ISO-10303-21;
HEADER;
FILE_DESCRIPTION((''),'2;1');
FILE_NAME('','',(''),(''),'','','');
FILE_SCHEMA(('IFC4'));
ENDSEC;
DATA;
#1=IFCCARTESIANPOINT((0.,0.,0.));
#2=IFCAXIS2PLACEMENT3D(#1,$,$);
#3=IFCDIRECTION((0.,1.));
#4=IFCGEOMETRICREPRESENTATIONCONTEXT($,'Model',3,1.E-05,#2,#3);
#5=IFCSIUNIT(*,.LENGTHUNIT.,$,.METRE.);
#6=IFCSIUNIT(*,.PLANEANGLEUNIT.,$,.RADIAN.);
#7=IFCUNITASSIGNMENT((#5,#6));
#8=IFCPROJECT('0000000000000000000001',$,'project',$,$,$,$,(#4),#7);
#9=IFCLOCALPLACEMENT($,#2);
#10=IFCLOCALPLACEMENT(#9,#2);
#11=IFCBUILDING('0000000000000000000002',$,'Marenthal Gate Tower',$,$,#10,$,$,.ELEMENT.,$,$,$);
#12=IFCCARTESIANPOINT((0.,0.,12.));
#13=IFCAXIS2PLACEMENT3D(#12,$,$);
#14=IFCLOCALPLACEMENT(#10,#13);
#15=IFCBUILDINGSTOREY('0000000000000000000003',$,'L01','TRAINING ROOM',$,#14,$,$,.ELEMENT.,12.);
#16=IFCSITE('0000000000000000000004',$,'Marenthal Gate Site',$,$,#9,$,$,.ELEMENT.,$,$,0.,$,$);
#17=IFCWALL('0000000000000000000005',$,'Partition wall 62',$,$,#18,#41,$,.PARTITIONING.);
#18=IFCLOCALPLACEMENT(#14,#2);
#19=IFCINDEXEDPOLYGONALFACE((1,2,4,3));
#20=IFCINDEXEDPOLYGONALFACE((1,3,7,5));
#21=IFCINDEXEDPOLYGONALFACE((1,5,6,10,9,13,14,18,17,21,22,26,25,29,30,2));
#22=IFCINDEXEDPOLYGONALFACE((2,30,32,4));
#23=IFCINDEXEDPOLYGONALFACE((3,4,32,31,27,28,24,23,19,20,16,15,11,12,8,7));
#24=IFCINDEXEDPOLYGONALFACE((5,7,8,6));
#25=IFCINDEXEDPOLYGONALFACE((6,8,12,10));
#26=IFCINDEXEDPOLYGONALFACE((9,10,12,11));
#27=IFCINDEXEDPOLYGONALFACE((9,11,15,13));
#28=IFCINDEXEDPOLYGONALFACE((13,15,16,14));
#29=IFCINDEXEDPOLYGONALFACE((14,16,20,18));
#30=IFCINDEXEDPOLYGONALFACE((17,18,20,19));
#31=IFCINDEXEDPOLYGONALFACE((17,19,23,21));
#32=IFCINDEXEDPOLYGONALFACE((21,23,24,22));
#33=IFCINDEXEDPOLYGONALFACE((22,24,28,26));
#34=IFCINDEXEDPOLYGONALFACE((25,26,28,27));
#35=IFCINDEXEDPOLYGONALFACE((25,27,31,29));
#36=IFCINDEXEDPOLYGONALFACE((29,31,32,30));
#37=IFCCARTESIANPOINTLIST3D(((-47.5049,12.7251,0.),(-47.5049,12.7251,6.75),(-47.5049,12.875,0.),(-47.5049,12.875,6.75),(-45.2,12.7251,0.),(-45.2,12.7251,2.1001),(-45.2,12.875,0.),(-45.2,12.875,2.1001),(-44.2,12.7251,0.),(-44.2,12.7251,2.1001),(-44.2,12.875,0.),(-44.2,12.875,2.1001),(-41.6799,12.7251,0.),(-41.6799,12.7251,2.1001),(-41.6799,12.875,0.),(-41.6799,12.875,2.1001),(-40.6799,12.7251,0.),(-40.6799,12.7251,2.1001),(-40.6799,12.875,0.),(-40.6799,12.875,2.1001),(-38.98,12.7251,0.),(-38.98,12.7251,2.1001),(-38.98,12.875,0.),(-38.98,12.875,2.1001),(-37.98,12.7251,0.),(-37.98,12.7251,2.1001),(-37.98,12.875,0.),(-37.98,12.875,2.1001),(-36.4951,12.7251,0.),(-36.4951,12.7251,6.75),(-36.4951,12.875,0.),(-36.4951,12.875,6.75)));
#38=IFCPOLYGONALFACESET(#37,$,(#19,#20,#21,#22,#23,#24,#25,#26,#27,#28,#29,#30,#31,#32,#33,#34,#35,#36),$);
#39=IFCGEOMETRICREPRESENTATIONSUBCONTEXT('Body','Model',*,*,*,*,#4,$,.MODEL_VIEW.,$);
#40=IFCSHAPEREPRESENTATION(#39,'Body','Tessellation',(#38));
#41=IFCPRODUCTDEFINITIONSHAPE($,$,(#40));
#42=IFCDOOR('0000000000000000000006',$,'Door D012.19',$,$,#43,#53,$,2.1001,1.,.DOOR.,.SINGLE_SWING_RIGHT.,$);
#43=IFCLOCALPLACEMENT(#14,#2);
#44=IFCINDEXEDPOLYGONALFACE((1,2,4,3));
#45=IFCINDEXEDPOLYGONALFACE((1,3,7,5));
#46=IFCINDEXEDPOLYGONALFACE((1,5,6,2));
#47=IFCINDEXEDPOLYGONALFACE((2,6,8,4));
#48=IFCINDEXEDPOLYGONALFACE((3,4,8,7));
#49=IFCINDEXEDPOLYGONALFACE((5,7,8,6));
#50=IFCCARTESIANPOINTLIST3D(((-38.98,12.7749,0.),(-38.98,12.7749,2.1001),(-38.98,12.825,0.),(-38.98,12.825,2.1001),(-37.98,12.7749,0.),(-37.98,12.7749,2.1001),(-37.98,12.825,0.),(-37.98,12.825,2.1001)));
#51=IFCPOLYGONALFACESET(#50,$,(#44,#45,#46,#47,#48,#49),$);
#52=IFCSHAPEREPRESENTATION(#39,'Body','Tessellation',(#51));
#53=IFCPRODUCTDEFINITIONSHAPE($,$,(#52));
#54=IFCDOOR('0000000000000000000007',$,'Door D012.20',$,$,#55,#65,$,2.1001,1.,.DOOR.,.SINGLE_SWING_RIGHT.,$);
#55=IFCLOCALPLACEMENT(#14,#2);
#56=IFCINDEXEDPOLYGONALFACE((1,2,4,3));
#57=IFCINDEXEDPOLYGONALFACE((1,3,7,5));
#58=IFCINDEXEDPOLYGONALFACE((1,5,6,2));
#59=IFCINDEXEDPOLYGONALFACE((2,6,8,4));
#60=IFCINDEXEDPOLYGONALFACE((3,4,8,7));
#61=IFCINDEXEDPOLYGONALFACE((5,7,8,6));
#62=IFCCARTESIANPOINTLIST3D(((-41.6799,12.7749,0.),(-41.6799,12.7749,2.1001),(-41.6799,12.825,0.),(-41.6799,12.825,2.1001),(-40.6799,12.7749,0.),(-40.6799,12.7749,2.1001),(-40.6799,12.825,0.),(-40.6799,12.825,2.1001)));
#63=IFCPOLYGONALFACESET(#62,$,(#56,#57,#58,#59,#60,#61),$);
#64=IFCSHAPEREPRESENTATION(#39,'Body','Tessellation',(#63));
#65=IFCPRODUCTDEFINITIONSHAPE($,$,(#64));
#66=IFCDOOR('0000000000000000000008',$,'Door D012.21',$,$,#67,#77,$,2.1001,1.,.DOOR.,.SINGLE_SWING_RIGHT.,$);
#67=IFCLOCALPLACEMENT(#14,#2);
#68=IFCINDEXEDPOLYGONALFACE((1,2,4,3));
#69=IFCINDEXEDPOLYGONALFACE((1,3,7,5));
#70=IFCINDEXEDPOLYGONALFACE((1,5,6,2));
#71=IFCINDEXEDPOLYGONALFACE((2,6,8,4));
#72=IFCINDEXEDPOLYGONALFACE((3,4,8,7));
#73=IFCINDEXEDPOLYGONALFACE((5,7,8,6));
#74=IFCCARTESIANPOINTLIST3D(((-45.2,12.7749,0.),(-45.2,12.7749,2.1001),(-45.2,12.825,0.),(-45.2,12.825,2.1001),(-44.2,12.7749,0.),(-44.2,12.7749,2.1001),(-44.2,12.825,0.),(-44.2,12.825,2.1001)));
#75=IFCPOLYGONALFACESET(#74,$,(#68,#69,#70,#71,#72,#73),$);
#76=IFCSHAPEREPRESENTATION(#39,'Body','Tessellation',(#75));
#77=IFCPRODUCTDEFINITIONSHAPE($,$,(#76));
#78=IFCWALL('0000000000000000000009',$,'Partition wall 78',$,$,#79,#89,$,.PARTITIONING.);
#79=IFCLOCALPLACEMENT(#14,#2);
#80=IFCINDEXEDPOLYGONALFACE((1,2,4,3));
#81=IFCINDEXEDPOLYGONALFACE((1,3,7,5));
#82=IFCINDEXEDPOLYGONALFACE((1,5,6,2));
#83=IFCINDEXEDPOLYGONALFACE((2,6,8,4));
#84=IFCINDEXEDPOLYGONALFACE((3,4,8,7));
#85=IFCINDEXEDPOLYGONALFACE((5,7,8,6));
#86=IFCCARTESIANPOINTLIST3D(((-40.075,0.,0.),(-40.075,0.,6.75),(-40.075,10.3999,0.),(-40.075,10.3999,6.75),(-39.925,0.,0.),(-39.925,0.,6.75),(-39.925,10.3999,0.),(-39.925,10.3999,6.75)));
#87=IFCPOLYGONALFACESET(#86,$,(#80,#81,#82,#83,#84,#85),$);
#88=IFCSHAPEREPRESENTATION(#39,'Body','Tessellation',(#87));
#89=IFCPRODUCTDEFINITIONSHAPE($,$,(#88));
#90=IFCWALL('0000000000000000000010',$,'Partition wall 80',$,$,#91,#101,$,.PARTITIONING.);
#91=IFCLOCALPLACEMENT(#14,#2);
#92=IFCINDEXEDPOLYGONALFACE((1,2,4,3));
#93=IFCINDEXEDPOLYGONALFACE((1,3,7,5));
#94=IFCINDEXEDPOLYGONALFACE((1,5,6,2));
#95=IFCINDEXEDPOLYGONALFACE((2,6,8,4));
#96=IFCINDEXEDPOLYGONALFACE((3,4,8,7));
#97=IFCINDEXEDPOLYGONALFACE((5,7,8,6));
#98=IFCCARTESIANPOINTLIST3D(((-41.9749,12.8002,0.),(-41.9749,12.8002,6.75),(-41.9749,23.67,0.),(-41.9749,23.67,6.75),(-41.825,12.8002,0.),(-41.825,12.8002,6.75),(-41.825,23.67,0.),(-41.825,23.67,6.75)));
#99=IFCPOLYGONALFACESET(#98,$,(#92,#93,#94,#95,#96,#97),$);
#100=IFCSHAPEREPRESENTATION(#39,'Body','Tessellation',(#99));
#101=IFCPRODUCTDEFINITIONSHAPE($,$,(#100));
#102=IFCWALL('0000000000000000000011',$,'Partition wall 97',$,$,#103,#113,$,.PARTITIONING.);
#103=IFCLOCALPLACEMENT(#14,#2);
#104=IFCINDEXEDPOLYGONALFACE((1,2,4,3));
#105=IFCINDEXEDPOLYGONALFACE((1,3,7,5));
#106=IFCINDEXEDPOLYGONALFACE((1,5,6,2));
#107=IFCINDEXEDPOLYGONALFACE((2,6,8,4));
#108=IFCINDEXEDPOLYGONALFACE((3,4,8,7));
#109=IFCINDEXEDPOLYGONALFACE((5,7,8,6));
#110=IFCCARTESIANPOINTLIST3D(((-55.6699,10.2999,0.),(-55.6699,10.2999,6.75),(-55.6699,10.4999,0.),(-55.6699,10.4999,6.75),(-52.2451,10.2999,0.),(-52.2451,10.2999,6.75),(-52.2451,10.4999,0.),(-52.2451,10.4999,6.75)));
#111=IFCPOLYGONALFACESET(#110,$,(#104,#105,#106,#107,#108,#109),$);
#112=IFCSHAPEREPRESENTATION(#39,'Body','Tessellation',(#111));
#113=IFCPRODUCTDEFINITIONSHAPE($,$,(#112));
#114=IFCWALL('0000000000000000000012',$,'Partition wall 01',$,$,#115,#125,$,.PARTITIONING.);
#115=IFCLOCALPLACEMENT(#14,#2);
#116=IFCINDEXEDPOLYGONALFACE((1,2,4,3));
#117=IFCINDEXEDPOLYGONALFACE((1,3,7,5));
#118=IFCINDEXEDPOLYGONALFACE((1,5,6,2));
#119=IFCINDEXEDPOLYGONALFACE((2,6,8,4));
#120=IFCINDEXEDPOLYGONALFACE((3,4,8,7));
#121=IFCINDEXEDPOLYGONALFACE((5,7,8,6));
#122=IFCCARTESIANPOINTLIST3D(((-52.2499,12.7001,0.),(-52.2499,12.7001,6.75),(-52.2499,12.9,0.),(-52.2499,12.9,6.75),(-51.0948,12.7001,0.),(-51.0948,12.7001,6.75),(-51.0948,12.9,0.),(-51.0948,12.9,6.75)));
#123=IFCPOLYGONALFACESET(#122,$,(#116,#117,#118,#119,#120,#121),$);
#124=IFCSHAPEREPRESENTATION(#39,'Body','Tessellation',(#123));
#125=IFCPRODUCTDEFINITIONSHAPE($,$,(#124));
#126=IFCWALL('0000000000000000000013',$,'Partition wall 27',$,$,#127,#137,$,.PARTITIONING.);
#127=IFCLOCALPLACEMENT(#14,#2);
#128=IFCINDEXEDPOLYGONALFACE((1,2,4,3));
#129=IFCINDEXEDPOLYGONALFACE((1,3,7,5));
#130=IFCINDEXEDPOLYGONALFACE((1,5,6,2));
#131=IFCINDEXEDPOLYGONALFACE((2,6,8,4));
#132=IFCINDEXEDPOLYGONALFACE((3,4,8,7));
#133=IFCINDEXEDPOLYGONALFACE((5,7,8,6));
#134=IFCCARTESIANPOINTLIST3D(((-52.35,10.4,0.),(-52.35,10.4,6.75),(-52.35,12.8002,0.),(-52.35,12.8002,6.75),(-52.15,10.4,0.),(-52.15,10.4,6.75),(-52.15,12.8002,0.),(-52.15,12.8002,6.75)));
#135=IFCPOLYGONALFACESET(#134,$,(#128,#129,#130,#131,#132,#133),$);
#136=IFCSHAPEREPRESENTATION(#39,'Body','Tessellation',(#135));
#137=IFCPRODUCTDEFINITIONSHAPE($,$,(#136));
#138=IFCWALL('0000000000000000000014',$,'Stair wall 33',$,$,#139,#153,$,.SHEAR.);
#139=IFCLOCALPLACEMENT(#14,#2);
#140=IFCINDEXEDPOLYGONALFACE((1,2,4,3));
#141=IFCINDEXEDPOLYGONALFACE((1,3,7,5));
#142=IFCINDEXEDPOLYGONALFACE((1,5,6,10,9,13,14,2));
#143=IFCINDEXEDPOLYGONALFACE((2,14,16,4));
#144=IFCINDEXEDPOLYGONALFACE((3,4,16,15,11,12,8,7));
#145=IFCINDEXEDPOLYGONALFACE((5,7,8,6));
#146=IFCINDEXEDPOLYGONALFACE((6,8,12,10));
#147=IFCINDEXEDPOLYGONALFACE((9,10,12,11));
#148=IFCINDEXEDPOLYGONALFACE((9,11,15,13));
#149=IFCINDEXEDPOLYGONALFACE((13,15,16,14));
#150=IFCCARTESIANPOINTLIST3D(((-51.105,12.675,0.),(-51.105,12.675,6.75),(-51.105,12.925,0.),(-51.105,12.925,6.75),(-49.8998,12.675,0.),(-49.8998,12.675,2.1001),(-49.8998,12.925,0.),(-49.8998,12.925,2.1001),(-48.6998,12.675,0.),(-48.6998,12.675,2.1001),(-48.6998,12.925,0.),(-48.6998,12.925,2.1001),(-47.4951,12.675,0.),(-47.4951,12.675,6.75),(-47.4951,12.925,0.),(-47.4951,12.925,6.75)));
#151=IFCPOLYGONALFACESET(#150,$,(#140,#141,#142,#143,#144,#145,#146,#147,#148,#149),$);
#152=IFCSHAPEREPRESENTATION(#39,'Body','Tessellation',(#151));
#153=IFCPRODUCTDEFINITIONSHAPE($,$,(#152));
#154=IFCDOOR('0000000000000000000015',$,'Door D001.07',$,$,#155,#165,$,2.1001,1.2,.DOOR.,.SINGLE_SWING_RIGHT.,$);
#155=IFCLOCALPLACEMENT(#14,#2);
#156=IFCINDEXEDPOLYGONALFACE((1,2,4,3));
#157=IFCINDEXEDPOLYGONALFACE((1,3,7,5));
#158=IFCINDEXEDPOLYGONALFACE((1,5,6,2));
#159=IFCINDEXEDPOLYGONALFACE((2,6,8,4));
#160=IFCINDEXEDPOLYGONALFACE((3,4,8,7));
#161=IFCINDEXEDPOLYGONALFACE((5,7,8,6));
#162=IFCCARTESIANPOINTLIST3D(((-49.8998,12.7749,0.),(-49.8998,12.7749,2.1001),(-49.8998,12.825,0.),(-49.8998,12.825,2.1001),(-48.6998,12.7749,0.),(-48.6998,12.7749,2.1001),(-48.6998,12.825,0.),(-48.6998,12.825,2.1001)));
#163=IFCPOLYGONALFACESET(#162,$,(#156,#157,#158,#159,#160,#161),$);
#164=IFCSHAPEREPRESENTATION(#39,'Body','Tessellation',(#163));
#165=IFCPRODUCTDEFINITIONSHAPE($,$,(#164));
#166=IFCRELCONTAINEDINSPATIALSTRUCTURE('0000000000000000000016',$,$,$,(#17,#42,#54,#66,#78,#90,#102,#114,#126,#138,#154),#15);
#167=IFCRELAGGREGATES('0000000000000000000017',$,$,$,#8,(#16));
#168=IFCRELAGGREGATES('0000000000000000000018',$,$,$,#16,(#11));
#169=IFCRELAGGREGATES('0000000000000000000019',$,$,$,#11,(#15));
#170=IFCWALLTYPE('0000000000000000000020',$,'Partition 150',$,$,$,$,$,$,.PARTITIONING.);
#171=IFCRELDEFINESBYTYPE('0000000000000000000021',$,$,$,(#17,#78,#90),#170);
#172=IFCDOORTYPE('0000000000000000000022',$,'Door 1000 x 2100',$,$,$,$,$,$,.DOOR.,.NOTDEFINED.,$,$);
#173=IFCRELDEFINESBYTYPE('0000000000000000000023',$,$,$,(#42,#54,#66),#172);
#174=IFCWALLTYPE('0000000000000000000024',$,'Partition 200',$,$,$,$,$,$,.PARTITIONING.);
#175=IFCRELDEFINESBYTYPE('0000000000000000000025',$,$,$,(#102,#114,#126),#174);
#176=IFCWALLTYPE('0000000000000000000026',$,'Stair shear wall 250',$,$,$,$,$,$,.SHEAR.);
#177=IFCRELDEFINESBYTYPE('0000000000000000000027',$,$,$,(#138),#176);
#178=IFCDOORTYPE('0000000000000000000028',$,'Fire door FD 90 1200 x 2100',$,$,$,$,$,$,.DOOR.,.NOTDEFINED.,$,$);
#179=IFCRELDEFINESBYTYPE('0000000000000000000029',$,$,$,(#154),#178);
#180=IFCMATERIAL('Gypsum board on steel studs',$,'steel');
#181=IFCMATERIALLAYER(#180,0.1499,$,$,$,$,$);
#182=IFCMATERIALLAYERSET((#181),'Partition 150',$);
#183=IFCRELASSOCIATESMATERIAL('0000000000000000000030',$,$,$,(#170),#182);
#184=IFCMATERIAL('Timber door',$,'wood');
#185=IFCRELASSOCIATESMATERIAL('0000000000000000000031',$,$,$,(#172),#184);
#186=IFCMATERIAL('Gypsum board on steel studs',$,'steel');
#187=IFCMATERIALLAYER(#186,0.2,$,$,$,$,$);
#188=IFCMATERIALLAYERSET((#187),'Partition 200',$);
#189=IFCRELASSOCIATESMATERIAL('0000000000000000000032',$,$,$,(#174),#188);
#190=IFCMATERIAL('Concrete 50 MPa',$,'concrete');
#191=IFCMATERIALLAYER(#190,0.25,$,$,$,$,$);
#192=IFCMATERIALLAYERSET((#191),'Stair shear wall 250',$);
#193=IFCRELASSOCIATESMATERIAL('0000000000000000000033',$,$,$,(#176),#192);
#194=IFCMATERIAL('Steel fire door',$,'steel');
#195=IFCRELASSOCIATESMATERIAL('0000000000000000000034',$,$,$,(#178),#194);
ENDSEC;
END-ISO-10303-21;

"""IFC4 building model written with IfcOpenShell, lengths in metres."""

from ifc_helpers import new_model, si_unit, direction, frame, frame_2d, origin, place, context, subcontext, project, spatial, rectangle, extrude, material, layer, layer_set, type_object, element, fill, save


model = new_model("IFC4")

# Units and contexts
model_context = context("Model", 3, precision=1e-05, world=origin(), true_north=direction((0.0, 1.0)))
body_context = subcontext(model_context, "Body", "Model", "MODEL_VIEW")
ifc_project = project(units=[si_unit("LENGTHUNIT", "METRE"), si_unit("PLANEANGLEUNIT", "RADIAN")], contexts=[model_context])

# Site, building, storey
site_placement = place(None, origin())
site = spatial("IfcSite", under=ifc_project, at=site_placement, Name="Marenthal Gate Site", CompositionType="ELEMENT", RefElevation=0.0)
building_placement = place(site_placement, origin())
building = spatial("IfcBuilding", under=site, at=building_placement, Name="Marenthal Gate Tower", CompositionType="ELEMENT")
storey_placement = place(building_placement, frame((0.0, 0.0, 12.0)))
storey = spatial("IfcBuildingStorey", under=building, at=storey_placement, Name="L01", Description="TRAINING ROOM", CompositionType="ELEMENT", Elevation=12.0)

# Shared definitions
ifc_material_1 = material(Name="Gypsum board on steel studs", Category="steel")
ifc_layer_1 = layer(ifc_material_1, 0.1499)
ifc_layer_set_1 = layer_set([ifc_layer_1], Name="Partition 150")
wall_type_1 = type_object("IfcWallType", Name="Partition 150", PredefinedType="PARTITIONING", material=ifc_layer_set_1)

# Wall, openings, doors
ifc_material_2 = material(Name="Timber door", Category="wood")
door_type_1 = type_object("IfcDoorType", Name="Door 1000 x 2100", OperationType="NOTDEFINED", PredefinedType="DOOR", material=ifc_material_2)
wall_1_placement = place(storey_placement, frame((-47.5049, 12.8, 0.0), z_axis=(0.0, 0.0, 1.0), x_axis=(1.0, 0.0, 0.0)))
wall_1 = element("IfcWall", 1, at=wall_1_placement, inside=storey, type_object=wall_type_1, Name="Partition wall 62", PredefinedType="PARTITIONING", context=body_context, shape_type="SweptSolid", body=[
    extrude(rectangle(XDim=11.0098, YDim=0.1499, at=frame_2d((5.5049, 0.0))), origin(), (0.0, 0.0, 1.0), 6.75),
])
opening_1_placement = place(wall_1_placement, frame((8.5249, 0.0, 0.0)))
opening_1 = element("IfcOpeningElement", 2, at=opening_1_placement, cuts=wall_1, PredefinedType="OPENING", context=body_context, shape_type="SweptSolid", body=[
    extrude(rectangle(XDim=1.0, YDim=2.1001, at=frame_2d((0.5, 1.05))), frame((0.0, 0.085, 0.0), z_axis=(0.0, -1.0, 0.0), x_axis=(1.0, 0.0, 0.0)), (0.0, 0.0, 1.0), 0.1699),
])
opening_2_placement = place(wall_1_placement, frame((5.825, 0.0, 0.0)))
opening_2 = element("IfcOpeningElement", 3, at=opening_2_placement, cuts=wall_1, PredefinedType="OPENING", context=body_context, shape_type="SweptSolid", body=[
    extrude(rectangle(XDim=1.0, YDim=2.1001, at=frame_2d((0.5, 1.05))), frame((0.0, 0.085, 0.0), z_axis=(0.0, -1.0, 0.0), x_axis=(1.0, 0.0, 0.0)), (0.0, 0.0, 1.0), 0.1699),
])
opening_3_placement = place(wall_1_placement, frame((2.3049, 0.0, 0.0)))
opening_3 = element("IfcOpeningElement", 4, at=opening_3_placement, cuts=wall_1, PredefinedType="OPENING", context=body_context, shape_type="SweptSolid", body=[
    extrude(rectangle(XDim=1.0, YDim=2.1001, at=frame_2d((0.5, 1.05))), frame((0.0, 0.085, 0.0), z_axis=(0.0, -1.0, 0.0), x_axis=(1.0, 0.0, 0.0)), (0.0, 0.0, 1.0), 0.1699),
])
door_1_placement = place(opening_1_placement, origin())
door_1 = element("IfcDoor", 5, at=door_1_placement, inside=storey, type_object=door_type_1, Name="Door D012.19", OperationType="SINGLE_SWING_RIGHT", OverallHeight=2.1001, OverallWidth=1.0, PredefinedType="DOOR", context=body_context, shape_type="SweptSolid", body=[
    extrude(rectangle(XDim=1.0, YDim=2.1001, at=frame_2d((0.5, 1.05))), frame((0.0, 0.0249, 0.0), z_axis=(0.0, -1.0, 0.0), x_axis=(1.0, 0.0, 0.0)), (0.0, 0.0, 1.0), 0.05),
])
fill(opening_1, door_1)
door_2_placement = place(opening_2_placement, origin())
door_2 = element("IfcDoor", 6, at=door_2_placement, inside=storey, type_object=door_type_1, Name="Door D012.20", OperationType="SINGLE_SWING_RIGHT", OverallHeight=2.1001, OverallWidth=1.0, PredefinedType="DOOR", context=body_context, shape_type="SweptSolid", body=[
    extrude(rectangle(XDim=1.0, YDim=2.1001, at=frame_2d((0.5, 1.05))), frame((0.0, 0.0249, 0.0), z_axis=(0.0, -1.0, 0.0), x_axis=(1.0, 0.0, 0.0)), (0.0, 0.0, 1.0), 0.05),
])
fill(opening_2, door_2)
door_3_placement = place(opening_3_placement, origin())
door_3 = element("IfcDoor", 7, at=door_3_placement, inside=storey, type_object=door_type_1, Name="Door D012.21", OperationType="SINGLE_SWING_RIGHT", OverallHeight=2.1001, OverallWidth=1.0, PredefinedType="DOOR", context=body_context, shape_type="SweptSolid", body=[
    extrude(rectangle(XDim=1.0, YDim=2.1001, at=frame_2d((0.5, 1.05))), frame((0.0, 0.0249, 0.0), z_axis=(0.0, -1.0, 0.0), x_axis=(1.0, 0.0, 0.0)), (0.0, 0.0, 1.0), 0.05),
])
fill(opening_3, door_3)

# Walls
wall_2_placement = place(storey_placement, frame((-40.0, 0.0, 0.0), z_axis=(0.0, 0.0, 1.0), x_axis=(0.0, 1.0, 0.0)))
element("IfcWall", 8, at=wall_2_placement, inside=storey, type_object=wall_type_1, Name="Partition wall 78", PredefinedType="PARTITIONING", context=body_context, shape_type="SweptSolid", body=[
    extrude(rectangle(XDim=10.3999, YDim=0.1499, at=frame_2d((5.2, 0.0))), origin(), (0.0, 0.0, 1.0), 6.75),
])
wall_3_placement = place(storey_placement, frame((-41.8999, 12.8, 0.0), z_axis=(0.0, 0.0, 1.0), x_axis=(0.0, 1.0, 0.0)))
element("IfcWall", 9, at=wall_3_placement, inside=storey, type_object=wall_type_1, Name="Partition wall 80", PredefinedType="PARTITIONING", context=body_context, shape_type="SweptSolid", body=[
    extrude(rectangle(XDim=10.8699, YDim=0.1499, at=frame_2d((5.4351, 0.0))), origin(), (0.0, 0.0, 1.0), 6.75),
])
ifc_material_3 = material(Name="Gypsum board on steel studs", Category="steel")
ifc_layer_2 = layer(ifc_material_3, 0.2)
ifc_layer_set_2 = layer_set([ifc_layer_2], Name="Partition 200")
wall_type_2 = type_object("IfcWallType", Name="Partition 200", PredefinedType="PARTITIONING", material=ifc_layer_set_2)
wall_4_placement = place(storey_placement, frame((-55.6699, 10.3999, 0.0), z_axis=(0.0, 0.0, 1.0), x_axis=(1.0, 0.0, 0.0)))
element("IfcWall", 10, at=wall_4_placement, inside=storey, type_object=wall_type_2, Name="Partition wall 97", PredefinedType="PARTITIONING", context=body_context, shape_type="SweptSolid", body=[
    extrude(rectangle(XDim=3.4248, YDim=0.2, at=frame_2d((1.7124, 0.0))), origin(), (0.0, 0.0, 1.0), 6.75),
])
wall_5_placement = place(storey_placement, frame((-52.25, 12.8, 0.0), z_axis=(0.0, 0.0, 1.0), x_axis=(1.0, 0.0, 0.0)))
element("IfcWall", 11, at=wall_5_placement, inside=storey, type_object=wall_type_2, Name="Partition wall 01", PredefinedType="PARTITIONING", context=body_context, shape_type="SweptSolid", body=[
    extrude(rectangle(XDim=1.155, YDim=0.2, at=frame_2d((0.5776, 0.0))), origin(), (0.0, 0.0, 1.0), 6.75),
])
wall_6_placement = place(storey_placement, frame((-52.25, 10.3999, 0.0), z_axis=(0.0, 0.0, 1.0), x_axis=(0.0, 1.0, 0.0)))
element("IfcWall", 12, at=wall_6_placement, inside=storey, type_object=wall_type_2, Name="Partition wall 27", PredefinedType="PARTITIONING", context=body_context, shape_type="SweptSolid", body=[
    extrude(rectangle(XDim=2.4001, YDim=0.2, at=frame_2d((1.2002, 0.0))), origin(), (0.0, 0.0, 1.0), 6.75),
])

# Wall, opening, door
ifc_material_4 = material(Name="Concrete 50 MPa", Category="concrete")
ifc_layer_3 = layer(ifc_material_4, 0.25)
ifc_layer_set_3 = layer_set([ifc_layer_3], Name="Stair shear wall 250")
wall_type_3 = type_object("IfcWallType", Name="Stair shear wall 250", PredefinedType="SHEAR", material=ifc_layer_set_3)
wall_7_placement = place(storey_placement, frame((-51.105, 12.8, 0.0), z_axis=(0.0, 0.0, 1.0), x_axis=(1.0, 0.0, 0.0)))
wall_7 = element("IfcWall", 13, at=wall_7_placement, inside=storey, type_object=wall_type_3, Name="Stair wall 33", PredefinedType="SHEAR", context=body_context, shape_type="SweptSolid", body=[
    extrude(rectangle(XDim=3.6099, YDim=0.25, at=frame_2d((1.8049, 0.0))), origin(), (0.0, 0.0, 1.0), 6.75),
])
opening_4_placement = place(wall_7_placement, frame((1.2051, 0.0, 0.0)))
opening_4 = element("IfcOpeningElement", 14, at=opening_4_placement, cuts=wall_7, PredefinedType="OPENING", context=body_context, shape_type="SweptSolid", body=[
    extrude(rectangle(XDim=1.2, YDim=2.1001, at=frame_2d((0.6001, 1.05))), frame((0.0, 0.135, 0.0), z_axis=(0.0, -1.0, 0.0), x_axis=(1.0, 0.0, 0.0)), (0.0, 0.0, 1.0), 0.27),
])
ifc_material_5 = material(Name="Steel fire door", Category="steel")
door_type_2 = type_object("IfcDoorType", Name="Fire door FD 90 1200 x 2100", OperationType="NOTDEFINED", PredefinedType="DOOR", material=ifc_material_5)
door_4_placement = place(opening_4_placement, origin())
door_4 = element("IfcDoor", 15, at=door_4_placement, inside=storey, type_object=door_type_2, Name="Door D001.07", OperationType="SINGLE_SWING_RIGHT", OverallHeight=2.1001, OverallWidth=1.2, PredefinedType="DOOR", context=body_context, shape_type="SweptSolid", body=[
    extrude(rectangle(XDim=1.2, YDim=2.1001, at=frame_2d((0.6001, 1.05))), frame((0.0, 0.0249, 0.0), z_axis=(0.0, -1.0, 0.0), x_axis=(1.0, 0.0, 0.0)), (0.0, 0.0, 1.0), 0.05),
])
fill(opening_4, door_4)

save(model, "model.ifc")
